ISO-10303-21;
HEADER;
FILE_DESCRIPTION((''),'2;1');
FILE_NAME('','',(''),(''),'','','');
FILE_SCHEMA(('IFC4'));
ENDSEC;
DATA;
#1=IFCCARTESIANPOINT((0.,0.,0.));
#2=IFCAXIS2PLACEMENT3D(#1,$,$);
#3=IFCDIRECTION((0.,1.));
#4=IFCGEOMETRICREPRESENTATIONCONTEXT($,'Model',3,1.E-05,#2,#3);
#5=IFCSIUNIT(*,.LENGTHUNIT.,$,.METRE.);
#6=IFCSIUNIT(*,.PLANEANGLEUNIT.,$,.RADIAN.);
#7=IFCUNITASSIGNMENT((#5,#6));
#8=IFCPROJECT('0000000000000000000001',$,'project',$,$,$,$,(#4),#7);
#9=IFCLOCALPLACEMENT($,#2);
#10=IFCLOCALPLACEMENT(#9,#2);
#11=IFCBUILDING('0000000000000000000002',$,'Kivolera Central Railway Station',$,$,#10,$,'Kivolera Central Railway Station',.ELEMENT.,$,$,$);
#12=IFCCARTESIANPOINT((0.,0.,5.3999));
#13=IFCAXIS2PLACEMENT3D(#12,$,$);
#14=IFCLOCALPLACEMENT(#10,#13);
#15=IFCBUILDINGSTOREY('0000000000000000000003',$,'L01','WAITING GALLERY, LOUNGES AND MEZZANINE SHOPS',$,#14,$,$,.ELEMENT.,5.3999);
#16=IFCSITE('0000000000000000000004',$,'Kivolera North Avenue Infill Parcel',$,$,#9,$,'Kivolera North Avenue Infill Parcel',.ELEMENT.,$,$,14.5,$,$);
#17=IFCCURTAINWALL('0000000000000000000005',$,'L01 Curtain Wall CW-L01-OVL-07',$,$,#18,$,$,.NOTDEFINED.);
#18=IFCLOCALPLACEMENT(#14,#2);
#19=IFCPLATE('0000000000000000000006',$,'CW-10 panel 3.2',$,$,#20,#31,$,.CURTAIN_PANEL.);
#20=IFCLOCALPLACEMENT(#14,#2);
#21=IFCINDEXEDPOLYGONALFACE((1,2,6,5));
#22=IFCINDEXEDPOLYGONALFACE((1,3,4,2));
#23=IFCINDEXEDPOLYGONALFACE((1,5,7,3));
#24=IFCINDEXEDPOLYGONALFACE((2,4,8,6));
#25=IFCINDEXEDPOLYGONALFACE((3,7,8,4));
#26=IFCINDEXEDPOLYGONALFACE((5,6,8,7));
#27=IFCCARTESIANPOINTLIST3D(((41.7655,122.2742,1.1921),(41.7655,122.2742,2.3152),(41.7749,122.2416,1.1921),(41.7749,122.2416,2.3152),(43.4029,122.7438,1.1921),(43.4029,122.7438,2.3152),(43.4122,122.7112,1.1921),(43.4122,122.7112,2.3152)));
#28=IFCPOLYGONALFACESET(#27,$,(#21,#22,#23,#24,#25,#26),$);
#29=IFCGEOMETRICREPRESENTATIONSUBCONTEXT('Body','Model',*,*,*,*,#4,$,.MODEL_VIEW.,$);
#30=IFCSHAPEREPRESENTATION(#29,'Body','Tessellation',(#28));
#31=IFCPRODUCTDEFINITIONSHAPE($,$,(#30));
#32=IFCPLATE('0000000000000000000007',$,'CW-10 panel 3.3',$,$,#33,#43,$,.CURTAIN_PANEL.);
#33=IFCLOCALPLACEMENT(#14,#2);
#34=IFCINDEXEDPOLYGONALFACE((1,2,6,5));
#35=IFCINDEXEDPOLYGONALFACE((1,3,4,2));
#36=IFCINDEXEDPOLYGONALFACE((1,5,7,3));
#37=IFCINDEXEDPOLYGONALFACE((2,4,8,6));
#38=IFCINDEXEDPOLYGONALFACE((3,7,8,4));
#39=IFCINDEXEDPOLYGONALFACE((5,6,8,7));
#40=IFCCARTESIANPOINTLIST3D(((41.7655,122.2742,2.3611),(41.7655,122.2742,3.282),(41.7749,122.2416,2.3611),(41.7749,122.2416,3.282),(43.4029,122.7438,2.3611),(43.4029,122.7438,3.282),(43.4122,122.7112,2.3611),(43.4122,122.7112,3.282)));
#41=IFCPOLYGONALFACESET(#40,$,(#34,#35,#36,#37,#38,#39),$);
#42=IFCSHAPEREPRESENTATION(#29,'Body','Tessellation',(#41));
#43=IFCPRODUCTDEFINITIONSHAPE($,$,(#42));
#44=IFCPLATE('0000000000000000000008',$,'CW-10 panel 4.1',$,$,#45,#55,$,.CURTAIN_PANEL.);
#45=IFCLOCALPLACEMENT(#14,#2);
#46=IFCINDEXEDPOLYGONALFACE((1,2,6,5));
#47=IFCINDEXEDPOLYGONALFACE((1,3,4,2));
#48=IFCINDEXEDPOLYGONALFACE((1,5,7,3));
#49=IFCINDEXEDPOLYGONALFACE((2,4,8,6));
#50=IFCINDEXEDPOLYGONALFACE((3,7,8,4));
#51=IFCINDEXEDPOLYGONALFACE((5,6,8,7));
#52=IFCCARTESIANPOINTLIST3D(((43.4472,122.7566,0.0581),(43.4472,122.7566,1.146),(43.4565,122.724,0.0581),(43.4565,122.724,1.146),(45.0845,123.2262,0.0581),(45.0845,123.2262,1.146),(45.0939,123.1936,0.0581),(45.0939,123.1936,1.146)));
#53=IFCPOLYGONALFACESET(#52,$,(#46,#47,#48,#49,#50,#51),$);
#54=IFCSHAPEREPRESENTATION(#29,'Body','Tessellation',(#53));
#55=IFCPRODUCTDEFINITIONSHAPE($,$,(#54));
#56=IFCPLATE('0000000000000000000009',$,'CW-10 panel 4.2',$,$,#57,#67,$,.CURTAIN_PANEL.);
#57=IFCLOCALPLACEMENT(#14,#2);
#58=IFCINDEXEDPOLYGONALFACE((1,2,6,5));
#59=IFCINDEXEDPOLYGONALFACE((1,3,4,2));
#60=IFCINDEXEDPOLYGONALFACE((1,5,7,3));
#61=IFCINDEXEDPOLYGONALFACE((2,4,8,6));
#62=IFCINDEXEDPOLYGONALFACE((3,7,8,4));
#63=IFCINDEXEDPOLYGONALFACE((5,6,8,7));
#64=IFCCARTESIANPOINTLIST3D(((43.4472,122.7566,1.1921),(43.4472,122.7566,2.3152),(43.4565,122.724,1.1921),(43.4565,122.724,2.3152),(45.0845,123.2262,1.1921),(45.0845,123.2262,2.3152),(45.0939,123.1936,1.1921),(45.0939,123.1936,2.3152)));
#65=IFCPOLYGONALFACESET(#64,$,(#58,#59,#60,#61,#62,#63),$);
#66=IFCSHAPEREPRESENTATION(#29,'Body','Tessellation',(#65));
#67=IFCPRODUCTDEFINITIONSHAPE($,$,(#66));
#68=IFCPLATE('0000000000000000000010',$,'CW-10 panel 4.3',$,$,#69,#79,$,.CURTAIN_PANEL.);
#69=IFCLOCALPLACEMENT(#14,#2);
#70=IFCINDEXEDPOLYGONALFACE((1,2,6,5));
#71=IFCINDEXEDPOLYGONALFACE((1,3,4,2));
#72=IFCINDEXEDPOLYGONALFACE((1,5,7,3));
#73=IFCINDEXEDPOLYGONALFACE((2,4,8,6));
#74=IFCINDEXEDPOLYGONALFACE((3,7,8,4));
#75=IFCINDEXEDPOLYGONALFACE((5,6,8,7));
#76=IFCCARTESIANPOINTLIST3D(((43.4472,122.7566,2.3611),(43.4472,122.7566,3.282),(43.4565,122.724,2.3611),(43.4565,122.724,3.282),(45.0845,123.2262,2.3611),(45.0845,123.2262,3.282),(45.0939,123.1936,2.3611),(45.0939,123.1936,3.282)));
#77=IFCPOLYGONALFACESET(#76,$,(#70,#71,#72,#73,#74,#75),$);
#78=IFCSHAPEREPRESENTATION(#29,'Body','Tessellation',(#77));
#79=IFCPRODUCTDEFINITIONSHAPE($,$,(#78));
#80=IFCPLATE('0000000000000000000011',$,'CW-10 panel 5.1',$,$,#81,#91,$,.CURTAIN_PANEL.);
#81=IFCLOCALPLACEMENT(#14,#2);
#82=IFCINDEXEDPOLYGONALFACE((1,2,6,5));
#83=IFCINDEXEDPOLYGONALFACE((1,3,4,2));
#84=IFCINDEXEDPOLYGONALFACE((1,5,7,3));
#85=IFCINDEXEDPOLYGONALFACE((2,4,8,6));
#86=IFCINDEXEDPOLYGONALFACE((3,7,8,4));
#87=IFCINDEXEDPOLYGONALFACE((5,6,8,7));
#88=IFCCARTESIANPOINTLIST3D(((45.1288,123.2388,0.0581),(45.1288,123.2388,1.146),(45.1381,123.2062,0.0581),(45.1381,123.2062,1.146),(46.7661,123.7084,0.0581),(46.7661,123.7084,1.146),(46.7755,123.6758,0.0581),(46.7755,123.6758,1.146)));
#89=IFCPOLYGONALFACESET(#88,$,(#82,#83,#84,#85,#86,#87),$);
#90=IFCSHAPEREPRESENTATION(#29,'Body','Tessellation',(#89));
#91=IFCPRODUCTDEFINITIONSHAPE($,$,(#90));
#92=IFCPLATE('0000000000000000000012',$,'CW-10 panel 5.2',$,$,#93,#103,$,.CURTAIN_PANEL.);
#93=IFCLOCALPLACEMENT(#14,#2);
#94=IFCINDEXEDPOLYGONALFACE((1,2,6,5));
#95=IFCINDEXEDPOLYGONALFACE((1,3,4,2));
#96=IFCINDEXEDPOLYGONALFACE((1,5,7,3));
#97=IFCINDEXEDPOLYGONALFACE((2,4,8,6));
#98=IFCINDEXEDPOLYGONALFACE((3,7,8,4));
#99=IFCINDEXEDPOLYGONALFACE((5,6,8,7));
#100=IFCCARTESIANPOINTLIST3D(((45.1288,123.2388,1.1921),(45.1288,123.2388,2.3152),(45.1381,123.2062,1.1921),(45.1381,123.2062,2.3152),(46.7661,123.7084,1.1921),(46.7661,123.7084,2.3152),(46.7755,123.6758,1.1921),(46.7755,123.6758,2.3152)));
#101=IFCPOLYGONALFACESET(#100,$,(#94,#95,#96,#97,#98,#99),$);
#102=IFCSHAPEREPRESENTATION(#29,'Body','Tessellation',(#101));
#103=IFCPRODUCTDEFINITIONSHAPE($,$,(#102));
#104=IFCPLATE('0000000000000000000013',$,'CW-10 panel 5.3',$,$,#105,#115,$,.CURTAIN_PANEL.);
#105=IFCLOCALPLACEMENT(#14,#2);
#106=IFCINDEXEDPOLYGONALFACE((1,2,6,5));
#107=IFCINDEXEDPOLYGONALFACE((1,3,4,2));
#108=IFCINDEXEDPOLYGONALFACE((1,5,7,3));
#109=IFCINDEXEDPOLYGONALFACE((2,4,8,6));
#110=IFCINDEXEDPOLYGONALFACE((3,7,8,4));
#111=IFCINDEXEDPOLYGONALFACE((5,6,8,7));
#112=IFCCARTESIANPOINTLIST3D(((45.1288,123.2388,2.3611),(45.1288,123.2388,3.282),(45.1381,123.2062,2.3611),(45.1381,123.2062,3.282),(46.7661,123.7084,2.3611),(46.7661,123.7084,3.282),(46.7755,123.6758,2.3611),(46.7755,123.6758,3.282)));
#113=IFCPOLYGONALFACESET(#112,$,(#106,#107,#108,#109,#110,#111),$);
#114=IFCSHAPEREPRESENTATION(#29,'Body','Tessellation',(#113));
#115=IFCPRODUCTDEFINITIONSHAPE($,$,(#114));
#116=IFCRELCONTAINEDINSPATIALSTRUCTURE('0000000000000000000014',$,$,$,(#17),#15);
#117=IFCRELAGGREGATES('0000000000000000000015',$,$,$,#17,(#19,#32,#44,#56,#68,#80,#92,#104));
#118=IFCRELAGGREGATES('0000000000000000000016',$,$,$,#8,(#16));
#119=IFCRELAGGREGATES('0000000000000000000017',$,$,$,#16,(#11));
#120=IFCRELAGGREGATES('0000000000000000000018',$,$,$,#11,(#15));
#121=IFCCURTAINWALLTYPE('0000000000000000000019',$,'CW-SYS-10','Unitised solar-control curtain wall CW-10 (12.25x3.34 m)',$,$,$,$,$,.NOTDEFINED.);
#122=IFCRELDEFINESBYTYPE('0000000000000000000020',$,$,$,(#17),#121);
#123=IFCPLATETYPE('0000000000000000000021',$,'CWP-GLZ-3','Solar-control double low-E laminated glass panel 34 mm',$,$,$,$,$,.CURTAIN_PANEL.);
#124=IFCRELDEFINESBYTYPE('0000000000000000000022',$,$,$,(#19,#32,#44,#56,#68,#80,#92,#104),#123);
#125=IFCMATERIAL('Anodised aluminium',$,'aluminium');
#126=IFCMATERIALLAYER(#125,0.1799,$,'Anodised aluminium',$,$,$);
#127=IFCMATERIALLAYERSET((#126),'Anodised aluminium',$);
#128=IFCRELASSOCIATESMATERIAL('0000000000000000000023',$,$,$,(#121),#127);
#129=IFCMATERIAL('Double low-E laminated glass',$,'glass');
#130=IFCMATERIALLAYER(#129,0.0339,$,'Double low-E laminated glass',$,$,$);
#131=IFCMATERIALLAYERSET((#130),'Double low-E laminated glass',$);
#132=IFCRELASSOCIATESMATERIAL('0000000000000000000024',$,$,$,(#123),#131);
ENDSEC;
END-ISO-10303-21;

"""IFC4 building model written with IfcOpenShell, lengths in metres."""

from ifc_helpers import new_model, si_unit, direction, frame, origin, origin_2d, place, context, subcontext, project, spatial, rectangle, extrude, material, layer, layer_set, type_object, element, aggregate, save


model = new_model("IFC4")

# Units and contexts
model_context = context("Model", 3, precision=1e-05, world=origin(), true_north=direction((0.0, 1.0)))
body_context = subcontext(model_context, "Body", "Model", "MODEL_VIEW")
ifc_project = project(units=[si_unit("LENGTHUNIT", "METRE"), si_unit("PLANEANGLEUNIT", "RADIAN")], contexts=[model_context])

# Site, building, storey
site_placement = place(None, origin())
site = spatial("IfcSite", under=ifc_project, at=site_placement, Name="Kivolera North Avenue Infill Parcel", LongName="Kivolera North Avenue Infill Parcel", CompositionType="ELEMENT", RefElevation=14.5)
building_placement = place(site_placement, origin())
building = spatial("IfcBuilding", under=site, at=building_placement, Name="Kivolera Central Railway Station", LongName="Kivolera Central Railway Station", CompositionType="ELEMENT")
storey_placement = place(building_placement, frame((0.0, 0.0, 5.3999)))
storey = spatial("IfcBuildingStorey", under=building, at=storey_placement, Name="L01", Description="WAITING GALLERY, LOUNGES AND MEZZANINE SHOPS", CompositionType="ELEMENT", Elevation=5.3999)

# Curtain wall, plates
ifc_material_1 = material(Name="Anodised aluminium", Category="aluminium")
ifc_layer_1 = layer(ifc_material_1, 0.1799, Name="Anodised aluminium")
ifc_layer_set_1 = layer_set([ifc_layer_1], Name="Anodised aluminium")
curtain_wall_type = type_object("IfcCurtainWallType", Name="CW-SYS-10", Description="Unitised solar-control curtain wall CW-10 (12.25x3.34 m)", PredefinedType="NOTDEFINED", material=ifc_layer_set_1)
curtain_wall_placement = place(storey_placement, origin())
curtain_wall = element("IfcCurtainWall", 1, at=curtain_wall_placement, inside=storey, type_object=curtain_wall_type, Name="L01 Curtain Wall CW-L01-OVL-07", PredefinedType="NOTDEFINED")
ifc_material_2 = material(Name="Double low-E laminated glass", Category="glass")
ifc_layer_2 = layer(ifc_material_2, 0.0339, Name="Double low-E laminated glass")
ifc_layer_set_2 = layer_set([ifc_layer_2], Name="Double low-E laminated glass")
plate_type = type_object("IfcPlateType", Name="CWP-GLZ-3", Description="Solar-control double low-E laminated glass panel 34 mm", PredefinedType="CURTAIN_PANEL", material=ifc_layer_set_2)
plate_1_placement = place(storey_placement, frame((42.5889, 122.4927, 1.1921), z_axis=(0.0, 0.0, 1.0), x_axis=(0.961246, 0.275692, 0.0)))
plate_1 = element("IfcPlate", 2, at=plate_1_placement, type_object=plate_type, Name="CW-10 panel 3.2", PredefinedType="CURTAIN_PANEL", context=body_context, shape_type="SweptSolid", body=[
    extrude(rectangle(XDim=1.7034, YDim=0.0339, at=origin_2d()), origin(), (0.0, 0.0, 1.0), 1.123),
])
plate_2_placement = place(storey_placement, frame((42.5889, 122.4927, 2.3611), z_axis=(0.0, 0.0, 1.0), x_axis=(0.961246, 0.275692, 0.0)))
plate_2 = element("IfcPlate", 3, at=plate_2_placement, type_object=plate_type, Name="CW-10 panel 3.3", PredefinedType="CURTAIN_PANEL", context=body_context, shape_type="SweptSolid", body=[
    extrude(rectangle(XDim=1.7034, YDim=0.0339, at=origin_2d()), origin(), (0.0, 0.0, 1.0), 0.9209),
])
plate_3_placement = place(storey_placement, frame((44.2705, 122.9751, 0.0581), z_axis=(0.0, 0.0, 1.0), x_axis=(0.961246, 0.275692, 0.0)))
plate_3 = element("IfcPlate", 4, at=plate_3_placement, type_object=plate_type, Name="CW-10 panel 4.1", PredefinedType="CURTAIN_PANEL", context=body_context, shape_type="SweptSolid", body=[
    extrude(rectangle(XDim=1.7034, YDim=0.0339, at=origin_2d()), origin(), (0.0, 0.0, 1.0), 1.0879),
])
plate_4_placement = place(storey_placement, frame((44.2705, 122.9751, 1.1921), z_axis=(0.0, 0.0, 1.0), x_axis=(0.961246, 0.275692, 0.0)))
plate_4 = element("IfcPlate", 5, at=plate_4_placement, type_object=plate_type, Name="CW-10 panel 4.2", PredefinedType="CURTAIN_PANEL", context=body_context, shape_type="SweptSolid", body=[
    extrude(rectangle(XDim=1.7034, YDim=0.0339, at=origin_2d()), origin(), (0.0, 0.0, 1.0), 1.123),
])
plate_5_placement = place(storey_placement, frame((44.2705, 122.9751, 2.3611), z_axis=(0.0, 0.0, 1.0), x_axis=(0.961246, 0.275692, 0.0)))
plate_5 = element("IfcPlate", 6, at=plate_5_placement, type_object=plate_type, Name="CW-10 panel 4.3", PredefinedType="CURTAIN_PANEL", context=body_context, shape_type="SweptSolid", body=[
    extrude(rectangle(XDim=1.7034, YDim=0.0339, at=origin_2d()), origin(), (0.0, 0.0, 1.0), 0.9209),
])
plate_6_placement = place(storey_placement, frame((45.9521, 123.4573, 0.0581), z_axis=(0.0, 0.0, 1.0), x_axis=(0.961246, 0.275692, 0.0)))
plate_6 = element("IfcPlate", 7, at=plate_6_placement, type_object=plate_type, Name="CW-10 panel 5.1", PredefinedType="CURTAIN_PANEL", context=body_context, shape_type="SweptSolid", body=[
    extrude(rectangle(XDim=1.7034, YDim=0.0339, at=origin_2d()), origin(), (0.0, 0.0, 1.0), 1.0879),
])
plate_7_placement = place(storey_placement, frame((45.9521, 123.4573, 1.1921), z_axis=(0.0, 0.0, 1.0), x_axis=(0.961246, 0.275692, 0.0)))
plate_7 = element("IfcPlate", 8, at=plate_7_placement, type_object=plate_type, Name="CW-10 panel 5.2", PredefinedType="CURTAIN_PANEL", context=body_context, shape_type="SweptSolid", body=[
    extrude(rectangle(XDim=1.7034, YDim=0.0339, at=origin_2d()), origin(), (0.0, 0.0, 1.0), 1.123),
])
plate_8_placement = place(storey_placement, frame((45.9521, 123.4573, 2.3611), z_axis=(0.0, 0.0, 1.0), x_axis=(0.961246, 0.275692, 0.0)))
plate_8 = element("IfcPlate", 9, at=plate_8_placement, type_object=plate_type, Name="CW-10 panel 5.3", PredefinedType="CURTAIN_PANEL", context=body_context, shape_type="SweptSolid", body=[
    extrude(rectangle(XDim=1.7034, YDim=0.0339, at=origin_2d()), origin(), (0.0, 0.0, 1.0), 0.9209),
])
aggregate(curtain_wall, [plate_1, plate_2, plate_3, plate_4, plate_5, plate_6, plate_7, plate_8])

save(model, "model.ifc")
